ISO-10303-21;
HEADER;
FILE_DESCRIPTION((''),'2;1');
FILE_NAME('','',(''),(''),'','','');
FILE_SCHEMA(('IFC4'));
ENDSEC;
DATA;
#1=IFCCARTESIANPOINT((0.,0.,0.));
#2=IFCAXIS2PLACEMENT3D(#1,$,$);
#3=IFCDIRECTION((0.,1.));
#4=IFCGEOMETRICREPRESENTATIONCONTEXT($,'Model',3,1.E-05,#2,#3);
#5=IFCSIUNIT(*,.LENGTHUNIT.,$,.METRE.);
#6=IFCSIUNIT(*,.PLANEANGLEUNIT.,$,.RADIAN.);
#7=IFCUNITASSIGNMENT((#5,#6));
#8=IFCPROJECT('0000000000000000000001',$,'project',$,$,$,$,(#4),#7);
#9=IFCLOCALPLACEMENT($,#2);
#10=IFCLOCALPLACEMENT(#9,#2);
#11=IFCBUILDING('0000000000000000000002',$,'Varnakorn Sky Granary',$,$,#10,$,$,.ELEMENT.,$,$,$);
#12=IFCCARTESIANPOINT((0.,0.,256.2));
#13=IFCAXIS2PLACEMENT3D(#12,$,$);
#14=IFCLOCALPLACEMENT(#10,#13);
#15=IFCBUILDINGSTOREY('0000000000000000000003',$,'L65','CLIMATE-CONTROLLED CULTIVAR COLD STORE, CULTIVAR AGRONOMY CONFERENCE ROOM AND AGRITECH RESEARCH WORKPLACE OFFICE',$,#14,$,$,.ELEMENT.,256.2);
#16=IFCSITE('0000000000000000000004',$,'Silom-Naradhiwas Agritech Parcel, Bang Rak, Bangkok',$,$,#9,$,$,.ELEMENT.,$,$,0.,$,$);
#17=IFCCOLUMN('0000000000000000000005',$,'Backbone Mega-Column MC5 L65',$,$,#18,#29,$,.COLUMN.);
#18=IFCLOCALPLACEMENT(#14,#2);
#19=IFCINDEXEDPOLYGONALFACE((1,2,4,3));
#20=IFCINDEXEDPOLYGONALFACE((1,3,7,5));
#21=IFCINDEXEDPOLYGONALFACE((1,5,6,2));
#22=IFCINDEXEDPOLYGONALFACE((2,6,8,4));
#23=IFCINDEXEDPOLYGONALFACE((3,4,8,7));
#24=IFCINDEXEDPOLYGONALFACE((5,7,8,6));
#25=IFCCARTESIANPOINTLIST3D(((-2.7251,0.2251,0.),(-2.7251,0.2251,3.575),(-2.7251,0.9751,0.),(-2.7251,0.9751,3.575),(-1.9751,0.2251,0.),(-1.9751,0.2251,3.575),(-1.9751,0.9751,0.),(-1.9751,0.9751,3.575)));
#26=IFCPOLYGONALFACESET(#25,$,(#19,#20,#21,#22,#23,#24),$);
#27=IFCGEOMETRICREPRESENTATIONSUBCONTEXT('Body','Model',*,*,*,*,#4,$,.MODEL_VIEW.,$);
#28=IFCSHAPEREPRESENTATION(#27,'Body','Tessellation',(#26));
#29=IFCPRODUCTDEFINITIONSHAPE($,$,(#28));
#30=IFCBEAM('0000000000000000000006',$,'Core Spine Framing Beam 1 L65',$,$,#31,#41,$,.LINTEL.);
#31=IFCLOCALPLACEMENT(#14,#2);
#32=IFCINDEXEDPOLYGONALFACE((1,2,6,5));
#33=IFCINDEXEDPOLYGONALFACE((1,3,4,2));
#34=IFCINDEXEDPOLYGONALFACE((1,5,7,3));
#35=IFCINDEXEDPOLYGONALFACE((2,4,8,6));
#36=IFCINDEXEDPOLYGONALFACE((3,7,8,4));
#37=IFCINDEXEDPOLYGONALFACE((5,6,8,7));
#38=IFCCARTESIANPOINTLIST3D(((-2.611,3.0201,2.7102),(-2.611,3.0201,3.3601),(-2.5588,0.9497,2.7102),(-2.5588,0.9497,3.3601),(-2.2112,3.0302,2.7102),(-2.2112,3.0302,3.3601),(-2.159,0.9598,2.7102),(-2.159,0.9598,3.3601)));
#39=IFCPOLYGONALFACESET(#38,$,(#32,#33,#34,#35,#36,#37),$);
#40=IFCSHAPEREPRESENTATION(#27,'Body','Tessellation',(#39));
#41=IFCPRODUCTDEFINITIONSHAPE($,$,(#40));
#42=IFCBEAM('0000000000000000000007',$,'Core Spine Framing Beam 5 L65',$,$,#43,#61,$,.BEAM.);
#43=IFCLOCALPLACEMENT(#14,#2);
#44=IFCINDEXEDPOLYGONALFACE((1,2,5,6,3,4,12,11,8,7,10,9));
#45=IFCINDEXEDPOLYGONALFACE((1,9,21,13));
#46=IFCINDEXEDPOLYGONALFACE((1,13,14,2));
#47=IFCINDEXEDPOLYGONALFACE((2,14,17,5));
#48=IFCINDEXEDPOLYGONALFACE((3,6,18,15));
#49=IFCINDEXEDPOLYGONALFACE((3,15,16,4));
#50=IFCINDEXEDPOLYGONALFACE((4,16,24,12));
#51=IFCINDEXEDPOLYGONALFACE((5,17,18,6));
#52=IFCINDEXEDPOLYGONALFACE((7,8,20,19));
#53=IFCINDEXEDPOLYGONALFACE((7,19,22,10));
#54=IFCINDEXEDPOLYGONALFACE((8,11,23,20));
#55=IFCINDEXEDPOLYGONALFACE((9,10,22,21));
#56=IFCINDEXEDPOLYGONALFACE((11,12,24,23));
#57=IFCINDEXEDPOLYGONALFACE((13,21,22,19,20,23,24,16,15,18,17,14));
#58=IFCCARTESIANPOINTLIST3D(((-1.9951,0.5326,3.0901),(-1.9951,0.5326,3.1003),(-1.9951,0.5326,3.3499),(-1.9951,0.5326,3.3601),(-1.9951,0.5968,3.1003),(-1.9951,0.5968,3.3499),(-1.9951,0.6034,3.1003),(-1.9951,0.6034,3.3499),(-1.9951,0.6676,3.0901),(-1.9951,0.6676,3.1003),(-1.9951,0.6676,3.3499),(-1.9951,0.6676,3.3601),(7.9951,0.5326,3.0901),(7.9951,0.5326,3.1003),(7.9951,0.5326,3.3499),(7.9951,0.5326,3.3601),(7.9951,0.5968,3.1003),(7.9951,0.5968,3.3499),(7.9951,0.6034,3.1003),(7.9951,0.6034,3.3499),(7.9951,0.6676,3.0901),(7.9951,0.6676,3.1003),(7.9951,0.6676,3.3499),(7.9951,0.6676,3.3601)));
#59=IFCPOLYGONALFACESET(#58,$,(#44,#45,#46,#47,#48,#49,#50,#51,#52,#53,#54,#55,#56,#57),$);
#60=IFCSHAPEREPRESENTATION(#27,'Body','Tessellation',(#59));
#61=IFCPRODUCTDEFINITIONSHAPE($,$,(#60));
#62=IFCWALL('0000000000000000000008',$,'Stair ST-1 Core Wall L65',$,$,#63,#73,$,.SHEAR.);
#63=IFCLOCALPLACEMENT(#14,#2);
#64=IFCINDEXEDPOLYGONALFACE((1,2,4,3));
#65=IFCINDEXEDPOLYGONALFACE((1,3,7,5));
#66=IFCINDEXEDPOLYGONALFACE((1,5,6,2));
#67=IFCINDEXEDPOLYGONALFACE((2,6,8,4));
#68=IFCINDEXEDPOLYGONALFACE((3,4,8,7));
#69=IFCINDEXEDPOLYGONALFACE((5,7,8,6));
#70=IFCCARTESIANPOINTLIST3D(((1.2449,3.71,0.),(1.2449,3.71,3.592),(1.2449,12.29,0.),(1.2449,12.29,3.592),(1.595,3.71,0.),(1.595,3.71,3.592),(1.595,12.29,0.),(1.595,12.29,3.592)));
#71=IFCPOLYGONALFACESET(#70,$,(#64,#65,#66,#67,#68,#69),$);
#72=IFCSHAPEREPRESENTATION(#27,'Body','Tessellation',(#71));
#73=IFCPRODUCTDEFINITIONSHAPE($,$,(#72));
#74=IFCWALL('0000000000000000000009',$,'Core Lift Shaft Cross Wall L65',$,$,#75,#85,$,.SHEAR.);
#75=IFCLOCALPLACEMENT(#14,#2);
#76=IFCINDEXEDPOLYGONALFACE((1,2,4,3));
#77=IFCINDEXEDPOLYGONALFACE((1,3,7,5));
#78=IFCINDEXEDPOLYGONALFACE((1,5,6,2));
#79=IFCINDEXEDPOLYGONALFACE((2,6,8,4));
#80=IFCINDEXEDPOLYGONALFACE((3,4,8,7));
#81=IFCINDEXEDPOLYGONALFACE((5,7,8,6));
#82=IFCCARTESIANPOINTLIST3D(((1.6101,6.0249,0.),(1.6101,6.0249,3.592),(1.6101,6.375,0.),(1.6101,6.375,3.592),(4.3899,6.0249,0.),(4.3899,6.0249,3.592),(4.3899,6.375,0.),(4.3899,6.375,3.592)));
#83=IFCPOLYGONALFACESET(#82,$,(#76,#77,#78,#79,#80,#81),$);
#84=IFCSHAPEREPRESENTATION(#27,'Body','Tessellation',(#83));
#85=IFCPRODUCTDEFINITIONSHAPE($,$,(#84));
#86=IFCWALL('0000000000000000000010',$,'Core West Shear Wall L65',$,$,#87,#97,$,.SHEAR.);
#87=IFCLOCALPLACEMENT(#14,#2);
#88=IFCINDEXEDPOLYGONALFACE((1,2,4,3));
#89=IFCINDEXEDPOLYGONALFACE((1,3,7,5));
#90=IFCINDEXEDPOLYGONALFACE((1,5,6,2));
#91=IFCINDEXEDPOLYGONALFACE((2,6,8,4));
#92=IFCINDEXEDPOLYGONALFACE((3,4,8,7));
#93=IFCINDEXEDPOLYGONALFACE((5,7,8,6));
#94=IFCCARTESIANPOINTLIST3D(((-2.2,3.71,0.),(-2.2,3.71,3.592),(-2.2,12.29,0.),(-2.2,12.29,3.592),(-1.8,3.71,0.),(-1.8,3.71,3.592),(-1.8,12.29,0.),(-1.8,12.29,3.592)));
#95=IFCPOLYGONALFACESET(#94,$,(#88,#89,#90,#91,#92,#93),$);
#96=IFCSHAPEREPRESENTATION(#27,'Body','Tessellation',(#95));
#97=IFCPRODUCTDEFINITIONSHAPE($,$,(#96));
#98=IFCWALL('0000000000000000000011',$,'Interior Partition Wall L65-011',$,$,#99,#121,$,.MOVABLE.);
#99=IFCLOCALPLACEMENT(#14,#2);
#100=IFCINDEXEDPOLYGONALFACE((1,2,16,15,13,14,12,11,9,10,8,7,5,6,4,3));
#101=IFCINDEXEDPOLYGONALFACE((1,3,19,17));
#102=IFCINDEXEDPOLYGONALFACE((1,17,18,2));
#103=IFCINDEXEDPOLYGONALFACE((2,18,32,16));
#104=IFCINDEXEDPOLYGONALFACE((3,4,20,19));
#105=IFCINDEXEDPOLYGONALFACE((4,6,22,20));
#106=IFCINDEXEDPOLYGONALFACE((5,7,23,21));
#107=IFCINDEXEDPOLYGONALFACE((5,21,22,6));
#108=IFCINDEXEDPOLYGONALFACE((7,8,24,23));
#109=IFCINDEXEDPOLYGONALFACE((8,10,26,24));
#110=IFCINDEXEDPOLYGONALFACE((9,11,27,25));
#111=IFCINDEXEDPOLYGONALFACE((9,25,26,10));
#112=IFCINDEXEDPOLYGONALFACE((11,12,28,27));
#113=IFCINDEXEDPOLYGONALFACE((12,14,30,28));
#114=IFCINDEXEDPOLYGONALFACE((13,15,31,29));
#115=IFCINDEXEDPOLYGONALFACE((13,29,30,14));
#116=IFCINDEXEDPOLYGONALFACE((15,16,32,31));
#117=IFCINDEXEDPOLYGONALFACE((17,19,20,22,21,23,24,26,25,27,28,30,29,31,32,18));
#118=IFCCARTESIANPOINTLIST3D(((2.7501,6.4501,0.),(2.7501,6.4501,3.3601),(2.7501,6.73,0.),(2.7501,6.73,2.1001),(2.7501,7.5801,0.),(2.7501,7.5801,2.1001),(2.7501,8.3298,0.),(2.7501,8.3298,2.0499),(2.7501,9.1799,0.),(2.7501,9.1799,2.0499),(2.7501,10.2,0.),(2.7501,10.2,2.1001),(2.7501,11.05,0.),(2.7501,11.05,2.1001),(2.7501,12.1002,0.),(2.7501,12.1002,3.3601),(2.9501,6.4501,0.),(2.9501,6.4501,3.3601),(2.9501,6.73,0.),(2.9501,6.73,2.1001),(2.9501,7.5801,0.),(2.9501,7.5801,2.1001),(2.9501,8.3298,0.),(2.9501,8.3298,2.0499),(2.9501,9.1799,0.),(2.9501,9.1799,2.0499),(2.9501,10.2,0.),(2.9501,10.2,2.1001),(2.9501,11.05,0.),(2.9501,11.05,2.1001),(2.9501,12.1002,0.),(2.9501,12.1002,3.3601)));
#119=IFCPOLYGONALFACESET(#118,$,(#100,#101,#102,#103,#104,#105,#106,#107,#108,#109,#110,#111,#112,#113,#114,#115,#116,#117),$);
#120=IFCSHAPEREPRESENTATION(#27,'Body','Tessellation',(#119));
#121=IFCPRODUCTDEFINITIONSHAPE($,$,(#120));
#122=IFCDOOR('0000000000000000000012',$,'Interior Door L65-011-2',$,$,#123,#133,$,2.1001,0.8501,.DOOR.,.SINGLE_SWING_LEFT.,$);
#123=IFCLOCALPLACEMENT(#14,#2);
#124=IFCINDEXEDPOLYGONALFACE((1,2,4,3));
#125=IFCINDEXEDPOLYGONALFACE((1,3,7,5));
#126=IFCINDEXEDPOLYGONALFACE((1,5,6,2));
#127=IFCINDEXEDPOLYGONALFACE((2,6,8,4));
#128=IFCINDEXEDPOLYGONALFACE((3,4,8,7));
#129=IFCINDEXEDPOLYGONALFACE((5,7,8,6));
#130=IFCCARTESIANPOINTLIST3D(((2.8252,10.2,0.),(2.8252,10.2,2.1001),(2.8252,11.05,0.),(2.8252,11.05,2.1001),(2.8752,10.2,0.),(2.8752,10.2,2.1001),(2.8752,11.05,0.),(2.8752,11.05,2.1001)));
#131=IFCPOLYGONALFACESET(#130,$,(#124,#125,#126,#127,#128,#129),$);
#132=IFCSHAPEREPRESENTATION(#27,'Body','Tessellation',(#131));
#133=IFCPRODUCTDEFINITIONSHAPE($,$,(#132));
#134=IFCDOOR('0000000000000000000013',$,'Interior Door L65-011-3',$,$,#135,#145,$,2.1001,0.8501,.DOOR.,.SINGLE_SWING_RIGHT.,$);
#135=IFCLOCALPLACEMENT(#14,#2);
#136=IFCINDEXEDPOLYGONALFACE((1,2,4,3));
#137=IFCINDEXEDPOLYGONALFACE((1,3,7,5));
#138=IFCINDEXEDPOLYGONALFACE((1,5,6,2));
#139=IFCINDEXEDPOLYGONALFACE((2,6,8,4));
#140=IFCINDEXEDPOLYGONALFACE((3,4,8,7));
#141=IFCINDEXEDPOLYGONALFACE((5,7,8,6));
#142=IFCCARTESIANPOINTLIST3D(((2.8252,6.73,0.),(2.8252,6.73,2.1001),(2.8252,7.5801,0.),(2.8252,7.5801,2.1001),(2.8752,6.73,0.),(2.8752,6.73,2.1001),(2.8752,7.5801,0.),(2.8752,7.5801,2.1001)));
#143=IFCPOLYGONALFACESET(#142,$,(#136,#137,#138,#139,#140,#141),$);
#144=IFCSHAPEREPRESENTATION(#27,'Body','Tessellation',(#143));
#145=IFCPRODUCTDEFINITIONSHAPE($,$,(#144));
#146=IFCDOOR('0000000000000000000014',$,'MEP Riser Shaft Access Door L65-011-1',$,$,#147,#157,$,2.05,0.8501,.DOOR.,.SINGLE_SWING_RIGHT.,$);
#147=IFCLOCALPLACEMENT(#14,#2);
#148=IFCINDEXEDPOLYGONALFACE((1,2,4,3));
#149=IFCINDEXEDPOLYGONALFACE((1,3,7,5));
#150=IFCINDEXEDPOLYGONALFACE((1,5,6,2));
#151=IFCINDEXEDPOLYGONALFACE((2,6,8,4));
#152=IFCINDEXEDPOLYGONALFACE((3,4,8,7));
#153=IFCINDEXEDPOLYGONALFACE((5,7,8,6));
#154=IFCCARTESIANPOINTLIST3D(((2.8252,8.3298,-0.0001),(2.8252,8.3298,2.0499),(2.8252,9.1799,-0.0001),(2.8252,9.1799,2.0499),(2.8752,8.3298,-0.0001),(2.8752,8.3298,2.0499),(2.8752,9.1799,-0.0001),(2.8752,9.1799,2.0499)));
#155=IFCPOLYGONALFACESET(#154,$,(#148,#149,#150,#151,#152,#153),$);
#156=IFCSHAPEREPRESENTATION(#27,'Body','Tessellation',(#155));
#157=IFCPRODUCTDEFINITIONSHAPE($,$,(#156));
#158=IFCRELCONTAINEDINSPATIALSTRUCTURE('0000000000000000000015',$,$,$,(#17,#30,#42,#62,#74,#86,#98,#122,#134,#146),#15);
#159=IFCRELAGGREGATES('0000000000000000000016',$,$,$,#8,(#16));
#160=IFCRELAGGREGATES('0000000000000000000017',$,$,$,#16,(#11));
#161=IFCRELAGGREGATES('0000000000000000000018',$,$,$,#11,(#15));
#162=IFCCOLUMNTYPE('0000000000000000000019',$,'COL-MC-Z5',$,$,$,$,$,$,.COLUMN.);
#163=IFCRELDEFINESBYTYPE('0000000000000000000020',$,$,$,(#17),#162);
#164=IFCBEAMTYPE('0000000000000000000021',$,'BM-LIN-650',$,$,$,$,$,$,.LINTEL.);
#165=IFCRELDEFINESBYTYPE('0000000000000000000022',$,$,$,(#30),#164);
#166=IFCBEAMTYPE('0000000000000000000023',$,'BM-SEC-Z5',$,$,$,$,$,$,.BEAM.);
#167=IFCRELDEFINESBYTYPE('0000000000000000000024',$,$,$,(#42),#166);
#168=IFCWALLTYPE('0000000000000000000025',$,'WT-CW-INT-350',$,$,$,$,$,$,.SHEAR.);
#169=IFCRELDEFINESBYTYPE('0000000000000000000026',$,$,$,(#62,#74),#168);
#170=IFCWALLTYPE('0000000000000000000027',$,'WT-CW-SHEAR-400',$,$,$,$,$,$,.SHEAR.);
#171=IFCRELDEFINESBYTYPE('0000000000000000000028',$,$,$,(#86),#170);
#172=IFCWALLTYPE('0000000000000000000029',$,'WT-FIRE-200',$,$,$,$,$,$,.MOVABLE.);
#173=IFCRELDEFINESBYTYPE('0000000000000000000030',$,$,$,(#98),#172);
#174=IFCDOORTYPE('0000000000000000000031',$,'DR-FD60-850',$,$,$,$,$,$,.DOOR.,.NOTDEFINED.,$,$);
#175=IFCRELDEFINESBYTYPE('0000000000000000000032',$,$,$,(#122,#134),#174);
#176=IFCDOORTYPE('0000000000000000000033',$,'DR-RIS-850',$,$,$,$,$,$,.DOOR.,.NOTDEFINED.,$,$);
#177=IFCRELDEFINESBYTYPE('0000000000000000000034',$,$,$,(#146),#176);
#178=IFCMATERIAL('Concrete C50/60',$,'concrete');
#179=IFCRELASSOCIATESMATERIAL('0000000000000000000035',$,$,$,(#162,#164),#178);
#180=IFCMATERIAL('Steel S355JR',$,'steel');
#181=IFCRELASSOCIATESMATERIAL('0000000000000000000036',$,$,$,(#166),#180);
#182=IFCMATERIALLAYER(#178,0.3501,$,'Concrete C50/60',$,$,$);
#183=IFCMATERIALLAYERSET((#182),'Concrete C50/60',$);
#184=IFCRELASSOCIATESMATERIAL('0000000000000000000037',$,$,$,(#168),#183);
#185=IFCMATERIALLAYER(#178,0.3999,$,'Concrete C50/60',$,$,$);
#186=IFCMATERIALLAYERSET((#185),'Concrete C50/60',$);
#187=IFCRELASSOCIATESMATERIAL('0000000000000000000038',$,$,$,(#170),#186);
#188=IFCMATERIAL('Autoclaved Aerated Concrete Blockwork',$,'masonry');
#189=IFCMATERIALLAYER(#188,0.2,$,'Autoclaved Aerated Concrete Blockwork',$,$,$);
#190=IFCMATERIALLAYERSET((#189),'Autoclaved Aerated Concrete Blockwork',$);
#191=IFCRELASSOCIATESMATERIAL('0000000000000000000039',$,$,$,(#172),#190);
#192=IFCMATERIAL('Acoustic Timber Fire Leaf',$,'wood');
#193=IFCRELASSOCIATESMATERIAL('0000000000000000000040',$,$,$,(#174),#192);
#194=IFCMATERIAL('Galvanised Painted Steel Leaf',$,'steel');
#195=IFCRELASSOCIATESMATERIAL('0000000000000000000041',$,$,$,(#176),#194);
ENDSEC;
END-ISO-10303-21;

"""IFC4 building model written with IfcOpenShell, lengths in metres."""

from ifc_helpers import new_model, si_unit, direction, frame, frame_2d, origin, origin_2d, place, context, subcontext, project, spatial, rectangle, i_section, extrude, material, layer, layer_set, material_profile, profile_set, type_object, element, fill, save


model = new_model("IFC4")

# Units and contexts
model_context = context("Model", 3, precision=1e-05, world=origin(), true_north=direction((0.0, 1.0)))
body_context = subcontext(model_context, "Body", "Model", "MODEL_VIEW")
ifc_project = project(units=[si_unit("LENGTHUNIT", "METRE"), si_unit("PLANEANGLEUNIT", "RADIAN")], contexts=[model_context])

# Site, building, storey
site_placement = place(None, origin())
site = spatial("IfcSite", under=ifc_project, at=site_placement, Name="Silom-Naradhiwas Agritech Parcel, Bang Rak, Bangkok", CompositionType="ELEMENT", RefElevation=0.0)
building_placement = place(site_placement, origin())
building = spatial("IfcBuilding", under=site, at=building_placement, Name="Varnakorn Sky Granary", CompositionType="ELEMENT")
storey_placement = place(building_placement, frame((0.0, 0.0, 256.2)))
storey = spatial("IfcBuildingStorey", under=building, at=storey_placement, Name="L65", Description="CLIMATE-CONTROLLED CULTIVAR COLD STORE, CULTIVAR AGRONOMY CONFERENCE ROOM AND AGRITECH RESEARCH WORKPLACE OFFICE", CompositionType="ELEMENT", Elevation=256.2)

# Column
ifc_material_1 = material(Name="Concrete C50/60", Category="concrete")
ifc_material_profile_1 = material_profile(ifc_material_1, rectangle(XDim=0.75, YDim=0.75, at=origin_2d()), Name="RC 750x750")
ifc_profile_set_1 = profile_set([ifc_material_profile_1], Name="Concrete C50/60")
column_type = type_object("IfcColumnType", Name="COL-MC-Z5", PredefinedType="COLUMN", material=ifc_profile_set_1)
column_placement = place(storey_placement, frame((-2.3501, 0.6001, 0.0), z_axis=(0.0, 0.0, 1.0), x_axis=(1.0, 0.0, 0.0)))
element("IfcColumn", 1, at=column_placement, inside=storey, type_object=column_type, Name="Backbone Mega-Column MC5 L65", PredefinedType="COLUMN", context=body_context, shape_type="SweptSolid", body=[
    extrude(rectangle(XDim=0.75, YDim=0.75, at=origin_2d()), origin(), (0.0, 0.0, 1.0), 3.575),
])

# Beams
ifc_material_profile_2 = material_profile(ifc_material_1, rectangle(XDim=0.3999, YDim=0.6499, at=origin_2d()), Name="RC 400x650")
ifc_profile_set_2 = profile_set([ifc_material_profile_2], Name="Concrete C50/60")
beam_type_1 = type_object("IfcBeamType", Name="BM-LIN-650", PredefinedType="LINTEL", material=ifc_profile_set_2)
beam_1_placement = place(storey_placement, frame((-2.4111, 3.0251, 3.0352), z_axis=(0.025228, -0.999682, 0.0), x_axis=(0.999682, 0.025228, 0.0)))
element("IfcBeam", 2, at=beam_1_placement, inside=storey, type_object=beam_type_1, Name="Core Spine Framing Beam 1 L65", PredefinedType="LINTEL", context=body_context, shape_type="SweptSolid", body=[
    extrude(rectangle(XDim=0.3999, YDim=0.6499, at=origin_2d()), origin(), (0.0, 0.0, 1.0), 2.071),
])
ifc_material_2 = material(Name="Steel S355JR", Category="steel")
ifc_material_profile_3 = material_profile(ifc_material_2, i_section(OverallWidth=0.135, OverallDepth=0.27, WebThickness=0.0066, FlangeThickness=0.0103, at=origin_2d()), Name="IPE 270")
ifc_profile_set_3 = profile_set([ifc_material_profile_3], Name="Steel S355JR")
beam_type_2 = type_object("IfcBeamType", Name="BM-SEC-Z5", PredefinedType="BEAM", material=ifc_profile_set_3)
beam_2_placement = place(storey_placement, frame((-1.9951, 0.6001, 3.2251), z_axis=(1.0, 0.0, 0.0), x_axis=(0.0, 1.0, 0.0)))
element("IfcBeam", 3, at=beam_2_placement, inside=storey, type_object=beam_type_2, Name="Core Spine Framing Beam 5 L65", PredefinedType="BEAM", context=body_context, shape_type="SweptSolid", body=[
    extrude(i_section(OverallWidth=0.135, OverallDepth=0.27, WebThickness=0.0066, FlangeThickness=0.0103, at=origin_2d()), origin(), (0.0, 0.0, 1.0), 9.9902),
])

# Walls
ifc_layer_1 = layer(ifc_material_1, 0.3501, Name="Concrete C50/60")
ifc_layer_set_1 = layer_set([ifc_layer_1], Name="Concrete C50/60")
wall_type_1 = type_object("IfcWallType", Name="WT-CW-INT-350", PredefinedType="SHEAR", material=ifc_layer_set_1)
wall_1_placement = place(storey_placement, frame((1.4199, 3.71, 0.0), z_axis=(0.0, 0.0, 1.0), x_axis=(0.0, 1.0, 0.0)))
element("IfcWall", 4, at=wall_1_placement, inside=storey, type_object=wall_type_1, Name="Stair ST-1 Core Wall L65", PredefinedType="SHEAR", context=body_context, shape_type="SweptSolid", body=[
    extrude(rectangle(XDim=8.5801, YDim=0.3501, at=frame_2d((4.29, 0.0))), origin(), (0.0, 0.0, 1.0), 3.592),
])
wall_2_placement = place(storey_placement, frame((1.6101, 6.2, 0.0), z_axis=(0.0, 0.0, 1.0), x_axis=(1.0, 0.0, 0.0)))
element("IfcWall", 5, at=wall_2_placement, inside=storey, type_object=wall_type_1, Name="Core Lift Shaft Cross Wall L65", PredefinedType="SHEAR", context=body_context, shape_type="SweptSolid", body=[
    extrude(rectangle(XDim=2.7798, YDim=0.3501, at=frame_2d((1.3899, 0.0))), origin(), (0.0, 0.0, 1.0), 3.592),
])

# Shared definitions
ifc_layer_2 = layer(ifc_material_1, 0.3999, Name="Concrete C50/60")
ifc_layer_set_2 = layer_set([ifc_layer_2], Name="Concrete C50/60")
wall_type_2 = type_object("IfcWallType", Name="WT-CW-SHEAR-400", PredefinedType="SHEAR", material=ifc_layer_set_2)
ifc_material_3 = material(Name="Galvanised Painted Steel Leaf", Category="steel")

# Wall
wall_3_placement = place(storey_placement, frame((-2.0, 3.71, 0.0), z_axis=(0.0, 0.0, 1.0), x_axis=(0.0, 1.0, 0.0)))
element("IfcWall", 6, at=wall_3_placement, inside=storey, type_object=wall_type_2, Name="Core West Shear Wall L65", PredefinedType="SHEAR", context=body_context, shape_type="SweptSolid", body=[
    extrude(rectangle(XDim=8.5801, YDim=0.3999, at=frame_2d((4.29, 0.0))), origin(), (0.0, 0.0, 1.0), 3.592),
])

# Wall, openings, doors
ifc_material_4 = material(Name="Autoclaved Aerated Concrete Blockwork", Category="masonry")
ifc_layer_3 = layer(ifc_material_4, 0.2, Name="Autoclaved Aerated Concrete Blockwork")
ifc_layer_set_3 = layer_set([ifc_layer_3], Name="Autoclaved Aerated Concrete Blockwork")
wall_type_3 = type_object("IfcWallType", Name="WT-FIRE-200", PredefinedType="MOVABLE", material=ifc_layer_set_3)
wall_4_placement = place(storey_placement, frame((2.8501, 6.45, 0.0), z_axis=(0.0, 0.0, 1.0), x_axis=(0.0, 1.0, 0.0)))
wall_4 = element("IfcWall", 7, at=wall_4_placement, inside=storey, type_object=wall_type_3, Name="Interior Partition Wall L65-011", PredefinedType="MOVABLE", context=body_context, shape_type="SweptSolid", body=[
    extrude(rectangle(XDim=5.6501, YDim=0.2, at=frame_2d((2.8252, 0.0))), origin(), (0.0, 0.0, 1.0), 3.3601),
])
opening_1_placement = place(wall_4_placement, frame((1.8799, 0.0, 0.0)))
opening_1 = element("IfcOpeningElement", 8, at=opening_1_placement, cuts=wall_4, PredefinedType="OPENING", context=body_context, shape_type="SweptSolid", body=[
    extrude(rectangle(XDim=0.8501, YDim=2.05, at=frame_2d((0.425, 1.0249))), frame((0.0, 0.1099, 0.0), z_axis=(0.0, -1.0, 0.0), x_axis=(1.0, 0.0, 0.0)), (0.0, 0.0, 1.0), 0.22),
])
opening_2_placement = place(wall_4_placement, frame((3.75, 0.0, 0.0)))
opening_2 = element("IfcOpeningElement", 9, at=opening_2_placement, cuts=wall_4, PredefinedType="OPENING", context=body_context, shape_type="SweptSolid", body=[
    extrude(rectangle(XDim=0.8501, YDim=2.1001, at=frame_2d((0.425, 1.05))), frame((0.0, 0.1099, 0.0), z_axis=(0.0, -1.0, 0.0), x_axis=(1.0, 0.0, 0.0)), (0.0, 0.0, 1.0), 0.22),
])
opening_3_placement = place(wall_4_placement, frame((0.28, 0.0, 0.0)))
opening_3 = element("IfcOpeningElement", 10, at=opening_3_placement, cuts=wall_4, PredefinedType="OPENING", context=body_context, shape_type="SweptSolid", body=[
    extrude(rectangle(XDim=0.8501, YDim=2.1001, at=frame_2d((0.425, 1.05))), frame((0.0, 0.1099, 0.0), z_axis=(0.0, -1.0, 0.0), x_axis=(1.0, 0.0, 0.0)), (0.0, 0.0, 1.0), 0.22),
])
ifc_material_5 = material(Name="Acoustic Timber Fire Leaf", Category="wood")
door_type_1 = type_object("IfcDoorType", Name="DR-FD60-850", OperationType="NOTDEFINED", PredefinedType="DOOR", material=ifc_material_5)
door_1_placement = place(opening_2_placement, origin())
door_1 = element("IfcDoor", 11, at=door_1_placement, inside=storey, type_object=door_type_1, Name="Interior Door L65-011-2", OperationType="SINGLE_SWING_LEFT", OverallHeight=2.1001, OverallWidth=0.8501, PredefinedType="DOOR", context=body_context, shape_type="SweptSolid", body=[
    extrude(rectangle(XDim=0.8501, YDim=2.1001, at=frame_2d((0.425, 1.05))), frame((0.0, 0.0249, 0.0), z_axis=(0.0, -1.0, 0.0), x_axis=(1.0, 0.0, 0.0)), (0.0, 0.0, 1.0), 0.05),
])
fill(opening_2, door_1)
door_2_placement = place(opening_3_placement, origin())
door_2 = element("IfcDoor", 12, at=door_2_placement, inside=storey, type_object=door_type_1, Name="Interior Door L65-011-3", OperationType="SINGLE_SWING_RIGHT", OverallHeight=2.1001, OverallWidth=0.8501, PredefinedType="DOOR", context=body_context, shape_type="SweptSolid", body=[
    extrude(rectangle(XDim=0.8501, YDim=2.1001, at=frame_2d((0.425, 1.05))), frame((0.0, 0.0249, 0.0), z_axis=(0.0, -1.0, 0.0), x_axis=(1.0, 0.0, 0.0)), (0.0, 0.0, 1.0), 0.05),
])
fill(opening_3, door_2)
door_type_2 = type_object("IfcDoorType", Name="DR-RIS-850", OperationType="NOTDEFINED", PredefinedType="DOOR", material=ifc_material_3)
door_3_placement = place(opening_1_placement, origin())
door_3 = element("IfcDoor", 13, at=door_3_placement, inside=storey, type_object=door_type_2, Name="MEP Riser Shaft Access Door L65-011-1", OperationType="SINGLE_SWING_RIGHT", OverallHeight=2.05, OverallWidth=0.8501, PredefinedType="DOOR", context=body_context, shape_type="SweptSolid", body=[
    extrude(rectangle(XDim=0.8501, YDim=2.05, at=frame_2d((0.425, 1.0249))), frame((0.0, 0.0249, 0.0), z_axis=(0.0, -1.0, 0.0), x_axis=(1.0, 0.0, 0.0)), (0.0, 0.0, 1.0), 0.05),
])
fill(opening_1, door_3)

save(model, "model.ifc")
